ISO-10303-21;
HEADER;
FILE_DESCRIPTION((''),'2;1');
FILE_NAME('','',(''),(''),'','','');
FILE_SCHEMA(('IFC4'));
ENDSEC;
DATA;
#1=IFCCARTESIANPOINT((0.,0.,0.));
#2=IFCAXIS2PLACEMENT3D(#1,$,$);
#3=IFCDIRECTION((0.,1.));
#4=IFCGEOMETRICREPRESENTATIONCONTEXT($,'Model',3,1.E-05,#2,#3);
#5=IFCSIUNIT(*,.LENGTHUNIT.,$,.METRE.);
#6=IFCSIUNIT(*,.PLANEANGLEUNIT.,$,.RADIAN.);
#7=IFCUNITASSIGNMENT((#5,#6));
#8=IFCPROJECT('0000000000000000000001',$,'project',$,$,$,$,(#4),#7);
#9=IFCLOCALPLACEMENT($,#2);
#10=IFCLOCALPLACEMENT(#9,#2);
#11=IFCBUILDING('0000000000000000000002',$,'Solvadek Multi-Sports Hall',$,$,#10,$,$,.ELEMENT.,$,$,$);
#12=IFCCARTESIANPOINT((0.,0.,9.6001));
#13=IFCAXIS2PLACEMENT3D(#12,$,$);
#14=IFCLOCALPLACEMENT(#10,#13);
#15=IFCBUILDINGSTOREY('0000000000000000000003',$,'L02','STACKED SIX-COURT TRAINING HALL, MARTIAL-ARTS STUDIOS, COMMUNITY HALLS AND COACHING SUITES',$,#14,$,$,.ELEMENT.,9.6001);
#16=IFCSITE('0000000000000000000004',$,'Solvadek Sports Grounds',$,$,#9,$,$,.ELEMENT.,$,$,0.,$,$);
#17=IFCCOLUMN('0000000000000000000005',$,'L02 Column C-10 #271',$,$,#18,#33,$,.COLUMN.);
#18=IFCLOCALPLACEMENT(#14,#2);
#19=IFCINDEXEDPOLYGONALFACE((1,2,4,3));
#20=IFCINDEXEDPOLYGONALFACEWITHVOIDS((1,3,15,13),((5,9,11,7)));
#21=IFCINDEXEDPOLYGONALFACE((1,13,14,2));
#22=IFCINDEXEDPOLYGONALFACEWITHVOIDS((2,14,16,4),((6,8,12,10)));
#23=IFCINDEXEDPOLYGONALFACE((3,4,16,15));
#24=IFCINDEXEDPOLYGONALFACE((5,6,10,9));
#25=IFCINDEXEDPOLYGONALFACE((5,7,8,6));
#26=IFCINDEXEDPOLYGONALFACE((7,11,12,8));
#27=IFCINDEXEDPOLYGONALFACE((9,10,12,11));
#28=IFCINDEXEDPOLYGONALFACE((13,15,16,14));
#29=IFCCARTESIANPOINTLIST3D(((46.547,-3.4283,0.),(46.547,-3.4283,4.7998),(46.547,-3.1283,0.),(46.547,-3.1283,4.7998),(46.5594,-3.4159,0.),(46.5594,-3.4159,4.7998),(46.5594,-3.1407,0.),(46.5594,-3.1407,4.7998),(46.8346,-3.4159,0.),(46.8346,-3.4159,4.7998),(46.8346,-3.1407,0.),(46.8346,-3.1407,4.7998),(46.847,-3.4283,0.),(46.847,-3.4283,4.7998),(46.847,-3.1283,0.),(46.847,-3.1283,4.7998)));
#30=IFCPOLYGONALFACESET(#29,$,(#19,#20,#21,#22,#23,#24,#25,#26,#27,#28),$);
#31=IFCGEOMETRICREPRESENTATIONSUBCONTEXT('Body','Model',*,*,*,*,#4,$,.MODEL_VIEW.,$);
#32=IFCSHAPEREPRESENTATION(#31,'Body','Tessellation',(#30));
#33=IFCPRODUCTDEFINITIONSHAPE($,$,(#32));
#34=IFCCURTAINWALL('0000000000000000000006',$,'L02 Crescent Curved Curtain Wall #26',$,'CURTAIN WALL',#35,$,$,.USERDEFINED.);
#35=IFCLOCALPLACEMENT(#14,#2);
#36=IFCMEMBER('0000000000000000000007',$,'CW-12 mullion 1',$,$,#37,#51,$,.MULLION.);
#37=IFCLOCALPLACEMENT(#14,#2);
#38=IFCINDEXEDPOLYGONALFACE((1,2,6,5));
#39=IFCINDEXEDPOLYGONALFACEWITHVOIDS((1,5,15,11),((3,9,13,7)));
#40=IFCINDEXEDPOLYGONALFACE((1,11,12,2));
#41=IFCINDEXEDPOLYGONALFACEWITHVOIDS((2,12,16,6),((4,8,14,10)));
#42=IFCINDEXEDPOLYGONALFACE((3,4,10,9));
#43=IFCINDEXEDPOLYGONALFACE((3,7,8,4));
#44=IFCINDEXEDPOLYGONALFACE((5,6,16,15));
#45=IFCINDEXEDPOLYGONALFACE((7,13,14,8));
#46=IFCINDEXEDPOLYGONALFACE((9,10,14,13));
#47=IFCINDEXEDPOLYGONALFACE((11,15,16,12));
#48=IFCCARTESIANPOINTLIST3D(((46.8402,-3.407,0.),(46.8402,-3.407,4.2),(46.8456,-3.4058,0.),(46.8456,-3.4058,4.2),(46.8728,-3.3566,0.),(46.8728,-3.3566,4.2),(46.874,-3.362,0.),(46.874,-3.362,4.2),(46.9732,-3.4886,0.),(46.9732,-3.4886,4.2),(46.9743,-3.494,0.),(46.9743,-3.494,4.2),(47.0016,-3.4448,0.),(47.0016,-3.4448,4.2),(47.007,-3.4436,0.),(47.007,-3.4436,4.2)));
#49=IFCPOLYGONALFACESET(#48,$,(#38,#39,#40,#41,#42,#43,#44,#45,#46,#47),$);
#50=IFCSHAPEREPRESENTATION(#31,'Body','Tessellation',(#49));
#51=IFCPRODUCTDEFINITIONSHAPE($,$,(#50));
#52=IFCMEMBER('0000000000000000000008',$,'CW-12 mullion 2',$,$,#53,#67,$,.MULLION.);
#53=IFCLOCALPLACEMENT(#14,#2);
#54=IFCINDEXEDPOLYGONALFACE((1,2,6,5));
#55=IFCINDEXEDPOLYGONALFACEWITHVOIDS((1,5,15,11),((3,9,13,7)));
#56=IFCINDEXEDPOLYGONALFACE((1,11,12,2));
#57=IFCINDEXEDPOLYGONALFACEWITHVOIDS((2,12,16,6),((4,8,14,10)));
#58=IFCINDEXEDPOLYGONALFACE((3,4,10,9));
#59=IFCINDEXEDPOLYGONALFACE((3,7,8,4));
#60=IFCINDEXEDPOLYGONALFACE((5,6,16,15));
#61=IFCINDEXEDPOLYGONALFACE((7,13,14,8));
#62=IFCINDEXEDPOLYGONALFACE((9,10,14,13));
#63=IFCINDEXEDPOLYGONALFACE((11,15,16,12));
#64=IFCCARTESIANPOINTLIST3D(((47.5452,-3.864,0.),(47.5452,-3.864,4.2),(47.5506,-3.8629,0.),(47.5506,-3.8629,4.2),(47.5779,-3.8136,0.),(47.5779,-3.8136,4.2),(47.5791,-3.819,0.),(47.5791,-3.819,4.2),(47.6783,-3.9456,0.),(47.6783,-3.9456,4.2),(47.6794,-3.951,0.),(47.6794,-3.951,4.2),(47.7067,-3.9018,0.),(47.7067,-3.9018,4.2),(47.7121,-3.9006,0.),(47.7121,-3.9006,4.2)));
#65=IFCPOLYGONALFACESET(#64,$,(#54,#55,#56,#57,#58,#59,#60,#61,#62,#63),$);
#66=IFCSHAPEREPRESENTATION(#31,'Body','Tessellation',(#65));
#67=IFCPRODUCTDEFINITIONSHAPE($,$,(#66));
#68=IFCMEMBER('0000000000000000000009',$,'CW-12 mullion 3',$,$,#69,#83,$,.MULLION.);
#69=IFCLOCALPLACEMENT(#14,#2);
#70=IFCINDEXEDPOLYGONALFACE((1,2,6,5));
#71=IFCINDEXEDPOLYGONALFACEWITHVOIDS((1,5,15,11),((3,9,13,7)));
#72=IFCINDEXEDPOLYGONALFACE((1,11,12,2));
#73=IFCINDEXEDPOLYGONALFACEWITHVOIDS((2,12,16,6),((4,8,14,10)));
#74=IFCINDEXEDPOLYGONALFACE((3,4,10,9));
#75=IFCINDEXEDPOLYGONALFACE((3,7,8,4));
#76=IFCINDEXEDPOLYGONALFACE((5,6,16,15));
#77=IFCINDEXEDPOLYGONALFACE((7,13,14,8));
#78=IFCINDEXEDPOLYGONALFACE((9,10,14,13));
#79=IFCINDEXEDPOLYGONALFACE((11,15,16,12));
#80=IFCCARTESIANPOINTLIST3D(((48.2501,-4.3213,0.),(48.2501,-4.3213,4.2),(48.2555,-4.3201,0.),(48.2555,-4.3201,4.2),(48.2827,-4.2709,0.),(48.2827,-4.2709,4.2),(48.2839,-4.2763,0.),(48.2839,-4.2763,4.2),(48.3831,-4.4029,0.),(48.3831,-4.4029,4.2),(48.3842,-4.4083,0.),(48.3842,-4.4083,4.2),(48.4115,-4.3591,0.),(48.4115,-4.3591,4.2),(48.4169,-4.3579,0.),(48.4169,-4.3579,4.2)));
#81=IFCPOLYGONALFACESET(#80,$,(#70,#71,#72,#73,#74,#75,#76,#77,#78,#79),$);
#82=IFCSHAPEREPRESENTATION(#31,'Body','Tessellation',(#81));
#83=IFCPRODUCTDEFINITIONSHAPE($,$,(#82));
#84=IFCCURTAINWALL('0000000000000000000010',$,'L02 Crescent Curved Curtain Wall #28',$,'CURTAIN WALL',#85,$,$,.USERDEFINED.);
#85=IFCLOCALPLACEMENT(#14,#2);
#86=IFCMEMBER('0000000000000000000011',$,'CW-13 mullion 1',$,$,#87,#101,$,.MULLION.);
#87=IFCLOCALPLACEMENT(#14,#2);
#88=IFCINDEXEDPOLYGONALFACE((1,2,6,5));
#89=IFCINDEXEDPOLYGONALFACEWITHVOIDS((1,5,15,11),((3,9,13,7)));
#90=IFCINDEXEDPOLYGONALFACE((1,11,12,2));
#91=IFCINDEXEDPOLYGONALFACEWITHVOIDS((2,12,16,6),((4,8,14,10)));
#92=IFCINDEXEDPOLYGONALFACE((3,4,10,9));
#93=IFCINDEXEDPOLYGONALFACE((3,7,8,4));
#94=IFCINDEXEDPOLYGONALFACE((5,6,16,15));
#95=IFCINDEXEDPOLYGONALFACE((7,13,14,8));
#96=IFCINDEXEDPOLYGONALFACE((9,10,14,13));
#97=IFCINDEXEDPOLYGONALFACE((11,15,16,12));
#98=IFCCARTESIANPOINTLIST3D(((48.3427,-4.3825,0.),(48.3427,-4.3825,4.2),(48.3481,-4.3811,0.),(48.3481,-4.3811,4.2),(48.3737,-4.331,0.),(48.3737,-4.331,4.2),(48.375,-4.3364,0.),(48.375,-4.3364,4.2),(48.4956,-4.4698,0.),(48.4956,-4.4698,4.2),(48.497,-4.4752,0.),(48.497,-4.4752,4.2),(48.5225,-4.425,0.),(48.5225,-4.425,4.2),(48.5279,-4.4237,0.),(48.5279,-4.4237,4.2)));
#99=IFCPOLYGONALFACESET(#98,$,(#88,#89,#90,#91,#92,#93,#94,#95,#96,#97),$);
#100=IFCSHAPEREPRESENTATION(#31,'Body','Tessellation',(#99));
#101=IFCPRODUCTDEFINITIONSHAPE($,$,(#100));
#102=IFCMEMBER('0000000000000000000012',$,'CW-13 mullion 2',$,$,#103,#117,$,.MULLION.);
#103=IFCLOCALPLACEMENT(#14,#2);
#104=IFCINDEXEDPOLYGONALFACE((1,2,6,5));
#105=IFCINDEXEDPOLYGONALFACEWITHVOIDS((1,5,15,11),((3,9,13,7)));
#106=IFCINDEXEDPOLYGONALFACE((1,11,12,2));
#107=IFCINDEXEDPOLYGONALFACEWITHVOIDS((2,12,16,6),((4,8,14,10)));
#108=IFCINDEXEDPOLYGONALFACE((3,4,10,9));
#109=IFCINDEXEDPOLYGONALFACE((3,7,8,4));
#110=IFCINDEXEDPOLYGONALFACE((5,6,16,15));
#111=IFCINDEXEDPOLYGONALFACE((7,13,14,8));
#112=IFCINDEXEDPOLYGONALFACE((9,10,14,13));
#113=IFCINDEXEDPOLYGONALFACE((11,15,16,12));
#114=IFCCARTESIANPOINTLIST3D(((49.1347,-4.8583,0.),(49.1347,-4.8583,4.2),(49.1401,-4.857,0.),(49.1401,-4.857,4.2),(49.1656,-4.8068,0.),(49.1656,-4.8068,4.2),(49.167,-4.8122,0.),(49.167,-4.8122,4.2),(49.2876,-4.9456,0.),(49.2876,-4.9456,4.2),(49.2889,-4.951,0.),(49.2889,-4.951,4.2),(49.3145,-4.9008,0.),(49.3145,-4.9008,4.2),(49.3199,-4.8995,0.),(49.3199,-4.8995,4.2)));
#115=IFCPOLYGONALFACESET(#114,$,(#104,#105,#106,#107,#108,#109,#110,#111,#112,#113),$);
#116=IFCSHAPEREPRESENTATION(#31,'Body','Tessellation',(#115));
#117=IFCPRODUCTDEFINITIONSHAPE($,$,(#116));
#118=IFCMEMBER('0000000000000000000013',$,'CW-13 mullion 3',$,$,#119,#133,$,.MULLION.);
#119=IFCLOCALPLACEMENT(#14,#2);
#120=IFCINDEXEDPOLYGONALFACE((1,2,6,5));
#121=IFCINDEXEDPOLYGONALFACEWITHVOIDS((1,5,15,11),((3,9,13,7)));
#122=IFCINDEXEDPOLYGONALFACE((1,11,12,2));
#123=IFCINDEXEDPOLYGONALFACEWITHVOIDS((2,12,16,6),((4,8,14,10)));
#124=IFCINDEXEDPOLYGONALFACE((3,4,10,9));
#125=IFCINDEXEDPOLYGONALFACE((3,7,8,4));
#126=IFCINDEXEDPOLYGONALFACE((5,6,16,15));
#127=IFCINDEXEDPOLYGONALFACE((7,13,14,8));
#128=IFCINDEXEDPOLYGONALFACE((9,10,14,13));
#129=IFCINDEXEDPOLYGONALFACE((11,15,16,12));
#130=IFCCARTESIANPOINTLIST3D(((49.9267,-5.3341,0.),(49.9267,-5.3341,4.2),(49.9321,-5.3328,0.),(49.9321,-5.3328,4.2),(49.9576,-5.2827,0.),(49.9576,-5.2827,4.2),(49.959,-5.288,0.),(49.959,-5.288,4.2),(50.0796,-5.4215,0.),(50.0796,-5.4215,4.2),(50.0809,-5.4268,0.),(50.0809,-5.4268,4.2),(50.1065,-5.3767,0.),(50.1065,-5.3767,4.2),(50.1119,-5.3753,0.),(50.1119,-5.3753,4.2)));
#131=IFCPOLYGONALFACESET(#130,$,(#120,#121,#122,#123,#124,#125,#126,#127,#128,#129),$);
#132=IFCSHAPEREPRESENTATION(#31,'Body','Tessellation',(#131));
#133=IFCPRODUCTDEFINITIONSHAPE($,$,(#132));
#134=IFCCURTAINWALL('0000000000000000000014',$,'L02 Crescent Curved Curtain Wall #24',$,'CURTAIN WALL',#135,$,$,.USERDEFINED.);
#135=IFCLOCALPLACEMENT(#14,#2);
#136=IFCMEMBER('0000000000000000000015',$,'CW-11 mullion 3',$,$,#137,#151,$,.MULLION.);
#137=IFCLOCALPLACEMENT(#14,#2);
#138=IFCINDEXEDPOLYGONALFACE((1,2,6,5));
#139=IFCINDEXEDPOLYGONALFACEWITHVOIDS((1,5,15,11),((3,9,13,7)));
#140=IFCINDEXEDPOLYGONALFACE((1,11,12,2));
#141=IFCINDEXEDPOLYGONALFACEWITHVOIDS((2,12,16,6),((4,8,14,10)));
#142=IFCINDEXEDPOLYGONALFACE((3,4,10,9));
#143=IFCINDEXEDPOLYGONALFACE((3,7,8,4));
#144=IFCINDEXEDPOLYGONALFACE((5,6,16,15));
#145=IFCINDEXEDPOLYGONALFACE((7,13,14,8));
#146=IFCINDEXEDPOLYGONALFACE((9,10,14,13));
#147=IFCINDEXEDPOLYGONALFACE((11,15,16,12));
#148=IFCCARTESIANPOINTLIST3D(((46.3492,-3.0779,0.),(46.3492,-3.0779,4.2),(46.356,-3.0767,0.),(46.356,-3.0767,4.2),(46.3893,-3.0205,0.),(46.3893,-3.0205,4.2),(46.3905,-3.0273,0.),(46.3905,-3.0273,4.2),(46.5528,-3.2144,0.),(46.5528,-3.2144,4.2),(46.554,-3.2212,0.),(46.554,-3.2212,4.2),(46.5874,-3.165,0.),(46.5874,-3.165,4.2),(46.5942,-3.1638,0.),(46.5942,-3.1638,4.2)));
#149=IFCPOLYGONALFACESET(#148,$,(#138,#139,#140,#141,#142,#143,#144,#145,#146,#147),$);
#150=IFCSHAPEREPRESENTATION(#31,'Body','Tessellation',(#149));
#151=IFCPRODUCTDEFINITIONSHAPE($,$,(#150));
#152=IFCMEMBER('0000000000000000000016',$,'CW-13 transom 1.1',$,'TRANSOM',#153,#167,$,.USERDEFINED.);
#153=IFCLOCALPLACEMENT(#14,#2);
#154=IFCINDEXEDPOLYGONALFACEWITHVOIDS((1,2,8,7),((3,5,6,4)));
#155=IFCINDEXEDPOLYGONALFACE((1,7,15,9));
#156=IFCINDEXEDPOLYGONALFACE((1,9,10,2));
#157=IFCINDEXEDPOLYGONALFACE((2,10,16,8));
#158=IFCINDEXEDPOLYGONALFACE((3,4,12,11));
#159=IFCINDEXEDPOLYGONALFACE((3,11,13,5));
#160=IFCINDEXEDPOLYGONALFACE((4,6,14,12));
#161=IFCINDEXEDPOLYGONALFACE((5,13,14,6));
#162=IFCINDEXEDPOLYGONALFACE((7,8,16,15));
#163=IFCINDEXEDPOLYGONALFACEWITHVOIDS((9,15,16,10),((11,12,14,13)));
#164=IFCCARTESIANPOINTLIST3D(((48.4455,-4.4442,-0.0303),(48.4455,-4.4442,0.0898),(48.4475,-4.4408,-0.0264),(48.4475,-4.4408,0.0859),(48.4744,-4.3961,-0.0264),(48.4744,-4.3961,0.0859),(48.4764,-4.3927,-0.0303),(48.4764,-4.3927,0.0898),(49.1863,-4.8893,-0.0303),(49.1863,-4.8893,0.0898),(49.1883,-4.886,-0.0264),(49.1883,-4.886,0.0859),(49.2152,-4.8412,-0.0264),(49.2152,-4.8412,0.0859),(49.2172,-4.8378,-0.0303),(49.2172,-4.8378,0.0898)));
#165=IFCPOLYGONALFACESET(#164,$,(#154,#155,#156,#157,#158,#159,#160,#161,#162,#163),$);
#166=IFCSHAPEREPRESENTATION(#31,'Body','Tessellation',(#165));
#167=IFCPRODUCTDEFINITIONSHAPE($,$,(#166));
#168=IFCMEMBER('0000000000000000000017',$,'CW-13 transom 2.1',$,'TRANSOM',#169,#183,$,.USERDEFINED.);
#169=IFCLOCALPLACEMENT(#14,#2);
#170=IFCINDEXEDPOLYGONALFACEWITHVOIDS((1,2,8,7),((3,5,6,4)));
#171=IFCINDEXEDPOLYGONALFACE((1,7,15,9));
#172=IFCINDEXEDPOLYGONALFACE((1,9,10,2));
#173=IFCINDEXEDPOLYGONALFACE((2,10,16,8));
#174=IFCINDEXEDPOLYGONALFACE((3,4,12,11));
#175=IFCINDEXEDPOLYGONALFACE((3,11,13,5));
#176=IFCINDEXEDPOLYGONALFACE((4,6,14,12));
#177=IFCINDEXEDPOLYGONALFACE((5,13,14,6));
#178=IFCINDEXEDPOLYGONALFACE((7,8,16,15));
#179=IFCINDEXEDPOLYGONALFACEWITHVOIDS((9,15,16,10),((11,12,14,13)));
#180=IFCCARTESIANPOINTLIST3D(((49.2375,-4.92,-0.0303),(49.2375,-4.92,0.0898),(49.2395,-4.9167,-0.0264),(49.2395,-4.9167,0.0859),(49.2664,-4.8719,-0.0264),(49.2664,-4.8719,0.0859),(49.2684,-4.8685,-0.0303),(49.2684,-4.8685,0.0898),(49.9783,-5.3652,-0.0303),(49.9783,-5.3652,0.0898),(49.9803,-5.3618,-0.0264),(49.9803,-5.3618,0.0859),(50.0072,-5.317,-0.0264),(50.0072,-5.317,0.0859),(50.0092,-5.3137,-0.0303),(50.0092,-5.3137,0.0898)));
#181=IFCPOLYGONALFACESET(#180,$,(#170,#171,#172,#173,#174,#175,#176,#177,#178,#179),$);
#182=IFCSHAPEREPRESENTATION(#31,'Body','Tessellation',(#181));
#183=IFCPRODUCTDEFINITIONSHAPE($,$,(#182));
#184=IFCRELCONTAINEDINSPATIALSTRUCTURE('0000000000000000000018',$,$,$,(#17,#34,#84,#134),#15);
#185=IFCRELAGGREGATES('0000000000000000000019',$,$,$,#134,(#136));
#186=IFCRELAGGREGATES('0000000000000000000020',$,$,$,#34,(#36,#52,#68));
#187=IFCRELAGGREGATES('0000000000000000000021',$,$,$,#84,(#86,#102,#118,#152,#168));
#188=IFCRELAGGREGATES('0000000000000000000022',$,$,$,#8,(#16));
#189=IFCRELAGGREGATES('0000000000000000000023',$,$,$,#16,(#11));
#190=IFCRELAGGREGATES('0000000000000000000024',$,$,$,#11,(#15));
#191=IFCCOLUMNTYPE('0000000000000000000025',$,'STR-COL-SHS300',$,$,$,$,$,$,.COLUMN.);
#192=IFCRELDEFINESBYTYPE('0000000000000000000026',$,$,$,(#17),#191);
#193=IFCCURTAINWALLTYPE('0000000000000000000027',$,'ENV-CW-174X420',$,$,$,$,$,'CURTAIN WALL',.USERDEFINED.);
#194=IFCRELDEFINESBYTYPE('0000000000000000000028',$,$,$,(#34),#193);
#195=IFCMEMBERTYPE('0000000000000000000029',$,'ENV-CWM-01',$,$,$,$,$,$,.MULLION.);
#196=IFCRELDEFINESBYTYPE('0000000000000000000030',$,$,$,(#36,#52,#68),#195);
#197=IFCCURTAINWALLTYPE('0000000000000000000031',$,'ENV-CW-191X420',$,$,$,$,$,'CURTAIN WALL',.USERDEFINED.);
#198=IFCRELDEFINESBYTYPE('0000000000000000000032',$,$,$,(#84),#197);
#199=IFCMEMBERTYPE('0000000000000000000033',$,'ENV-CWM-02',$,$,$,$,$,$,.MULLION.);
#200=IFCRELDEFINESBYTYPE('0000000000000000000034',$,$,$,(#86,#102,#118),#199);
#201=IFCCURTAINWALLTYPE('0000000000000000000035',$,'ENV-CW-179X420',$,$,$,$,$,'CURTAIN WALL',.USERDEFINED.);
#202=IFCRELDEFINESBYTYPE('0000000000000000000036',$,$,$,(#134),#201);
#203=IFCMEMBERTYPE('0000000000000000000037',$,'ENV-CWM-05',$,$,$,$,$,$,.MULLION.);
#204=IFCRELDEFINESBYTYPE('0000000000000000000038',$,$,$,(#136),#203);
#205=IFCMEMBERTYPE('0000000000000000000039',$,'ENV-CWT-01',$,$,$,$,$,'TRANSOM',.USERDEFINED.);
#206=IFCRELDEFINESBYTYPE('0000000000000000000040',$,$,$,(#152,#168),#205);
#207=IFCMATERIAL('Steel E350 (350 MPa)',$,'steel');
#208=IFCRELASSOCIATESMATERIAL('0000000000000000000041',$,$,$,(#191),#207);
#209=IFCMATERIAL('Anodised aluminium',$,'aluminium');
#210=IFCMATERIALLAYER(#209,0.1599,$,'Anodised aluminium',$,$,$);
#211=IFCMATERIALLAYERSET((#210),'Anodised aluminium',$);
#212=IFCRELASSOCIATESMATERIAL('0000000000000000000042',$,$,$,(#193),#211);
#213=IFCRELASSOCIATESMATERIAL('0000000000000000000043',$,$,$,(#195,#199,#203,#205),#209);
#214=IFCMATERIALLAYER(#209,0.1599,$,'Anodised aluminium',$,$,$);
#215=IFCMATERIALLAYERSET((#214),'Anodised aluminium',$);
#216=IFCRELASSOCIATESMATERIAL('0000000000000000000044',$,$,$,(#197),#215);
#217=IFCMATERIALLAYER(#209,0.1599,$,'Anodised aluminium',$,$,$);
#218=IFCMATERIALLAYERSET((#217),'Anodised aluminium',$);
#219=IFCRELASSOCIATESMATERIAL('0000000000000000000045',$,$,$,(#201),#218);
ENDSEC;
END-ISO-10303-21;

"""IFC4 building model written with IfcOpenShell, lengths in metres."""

from ifc_helpers import new_model, si_unit, direction, frame, origin, origin_2d, place, context, subcontext, project, spatial, hollow_rectangle, extrude, material, layer, layer_set, material_profile, profile_set, type_object, element, aggregate, save


model = new_model("IFC4")

# Units and contexts
model_context = context("Model", 3, precision=1e-05, world=origin(), true_north=direction((0.0, 1.0)))
body_context = subcontext(model_context, "Body", "Model", "MODEL_VIEW")
ifc_project = project(units=[si_unit("LENGTHUNIT", "METRE"), si_unit("PLANEANGLEUNIT", "RADIAN")], contexts=[model_context])

# Site, building, storey
site_placement = place(None, origin())
site = spatial("IfcSite", under=ifc_project, at=site_placement, Name="Solvadek Sports Grounds", CompositionType="ELEMENT", RefElevation=0.0)
building_placement = place(site_placement, origin())
building = spatial("IfcBuilding", under=site, at=building_placement, Name="Solvadek Multi-Sports Hall", CompositionType="ELEMENT")
storey_placement = place(building_placement, frame((0.0, 0.0, 9.6001)))
storey = spatial("IfcBuildingStorey", under=building, at=storey_placement, Name="L02", Description="STACKED SIX-COURT TRAINING HALL, MARTIAL-ARTS STUDIOS, COMMUNITY HALLS AND COACHING SUITES", CompositionType="ELEMENT", Elevation=9.6001)

# Column
ifc_material_1 = material(Name="Steel E350 (350 MPa)", Category="steel")
ifc_material_profile_1 = material_profile(ifc_material_1, hollow_rectangle(XDim=0.3, YDim=0.3, WallThickness=0.0125, at=origin_2d()), Name="SHS 300x300x12.5")
ifc_profile_set_1 = profile_set([ifc_material_profile_1], Name="Steel E350 (350 MPa)")
column_type = type_object("IfcColumnType", Name="STR-COL-SHS300", PredefinedType="COLUMN", material=ifc_profile_set_1)
column_placement = place(storey_placement, frame((46.697, -3.2783, 0.0), z_axis=(0.0, 0.0, 1.0), x_axis=(1.0, 0.0, 0.0)))
element("IfcColumn", 1, at=column_placement, inside=storey, type_object=column_type, Name="L02 Column C-10 #271", PredefinedType="COLUMN", context=body_context, shape_type="SweptSolid", body=[
    extrude(hollow_rectangle(XDim=0.3, YDim=0.3, WallThickness=0.0125, at=origin_2d()), origin(), (0.0, 0.0, 1.0), 4.7998),
])

# Curtain walls, members
ifc_material_2 = material(Name="Anodised aluminium", Category="aluminium")
ifc_layer_1 = layer(ifc_material_2, 0.1599, Name="Anodised aluminium")
ifc_layer_set_1 = layer_set([ifc_layer_1], Name="Anodised aluminium")
curtain_wall_type_1 = type_object("IfcCurtainWallType", Name="ENV-CW-174X420", ElementType="CURTAIN WALL", PredefinedType="USERDEFINED", material=ifc_layer_set_1)
curtain_wall_1_placement = place(storey_placement, origin())
curtain_wall_1 = element("IfcCurtainWall", 2, at=curtain_wall_1_placement, inside=storey, type_object=curtain_wall_type_1, Name="L02 Crescent Curved Curtain Wall #26", ObjectType="CURTAIN WALL", PredefinedType="USERDEFINED")
ifc_material_profile_2 = material_profile(ifc_material_2, hollow_rectangle(XDim=0.0601, YDim=0.1599, WallThickness=0.0039, at=origin_2d()), Name="ALU-M 160x60x4")
ifc_profile_set_2 = profile_set([ifc_material_profile_2], Name="Anodised aluminium")
member_type_1 = type_object("IfcMemberType", Name="ENV-CWM-01", PredefinedType="MULLION", material=ifc_profile_set_2)
member_1_placement = place(storey_placement, frame((46.9236, -3.4253, 0.0), z_axis=(0.0, 0.0, 1.0), x_axis=(0.544061, 0.839046, 0.0)))
member_1 = element("IfcMember", 3, at=member_1_placement, type_object=member_type_1, Name="CW-12 mullion 1", PredefinedType="MULLION", context=body_context, shape_type="SweptSolid", body=[
    extrude(hollow_rectangle(XDim=0.0601, YDim=0.1599, WallThickness=0.0039, at=origin_2d()), origin(), (0.0, 0.0, 1.0), 4.2),
])
member_2_placement = place(storey_placement, frame((47.6287, -3.8823, 0.0), z_axis=(0.0, 0.0, 1.0), x_axis=(0.544061, 0.839046, 0.0)))
member_2 = element("IfcMember", 4, at=member_2_placement, type_object=member_type_1, Name="CW-12 mullion 2", PredefinedType="MULLION", context=body_context, shape_type="SweptSolid", body=[
    extrude(hollow_rectangle(XDim=0.0601, YDim=0.1599, WallThickness=0.0039, at=origin_2d()), origin(), (0.0, 0.0, 1.0), 4.2),
])
member_3_placement = place(storey_placement, frame((48.3335, -4.3396, 0.0), z_axis=(0.0, 0.0, 1.0), x_axis=(0.544061, 0.839046, 0.0)))
member_3 = element("IfcMember", 5, at=member_3_placement, type_object=member_type_1, Name="CW-12 mullion 3", PredefinedType="MULLION", context=body_context, shape_type="SweptSolid", body=[
    extrude(hollow_rectangle(XDim=0.0601, YDim=0.1599, WallThickness=0.0039, at=origin_2d()), origin(), (0.0, 0.0, 1.0), 4.2),
])
ifc_layer_2 = layer(ifc_material_2, 0.1599, Name="Anodised aluminium")
ifc_layer_set_2 = layer_set([ifc_layer_2], Name="Anodised aluminium")
curtain_wall_type_2 = type_object("IfcCurtainWallType", Name="ENV-CW-191X420", ElementType="CURTAIN WALL", PredefinedType="USERDEFINED", material=ifc_layer_set_2)
curtain_wall_2_placement = place(storey_placement, origin())
curtain_wall_2 = element("IfcCurtainWall", 6, at=curtain_wall_2_placement, inside=storey, type_object=curtain_wall_type_2, Name="L02 Crescent Curved Curtain Wall #28", ObjectType="CURTAIN WALL", PredefinedType="USERDEFINED")
ifc_material_profile_3 = material_profile(ifc_material_2, hollow_rectangle(XDim=0.0601, YDim=0.1799, WallThickness=0.0039, at=origin_2d()), Name="ALU-M 180x60x4")
ifc_profile_set_3 = profile_set([ifc_material_profile_3], Name="Anodised aluminium")
member_type_2 = type_object("IfcMemberType", Name="ENV-CWM-02", PredefinedType="MULLION", material=ifc_profile_set_3)
member_4_placement = place(storey_placement, frame((48.4353, -4.4031, 0.0), z_axis=(0.0, 0.0, 1.0), x_axis=(0.515058, 0.857155, 0.0)))
member_4 = element("IfcMember", 7, at=member_4_placement, type_object=member_type_2, Name="CW-13 mullion 1", PredefinedType="MULLION", context=body_context, shape_type="SweptSolid", body=[
    extrude(hollow_rectangle(XDim=0.0601, YDim=0.1799, WallThickness=0.0039, at=origin_2d()), origin(), (0.0, 0.0, 1.0), 4.2),
])
member_5_placement = place(storey_placement, frame((49.2273, -4.8789, 0.0), z_axis=(0.0, 0.0, 1.0), x_axis=(0.515058, 0.857155, 0.0)))
member_5 = element("IfcMember", 8, at=member_5_placement, type_object=member_type_2, Name="CW-13 mullion 2", PredefinedType="MULLION", context=body_context, shape_type="SweptSolid", body=[
    extrude(hollow_rectangle(XDim=0.0601, YDim=0.1799, WallThickness=0.0039, at=origin_2d()), origin(), (0.0, 0.0, 1.0), 4.2),
])
member_6_placement = place(storey_placement, frame((50.0193, -5.3547, 0.0), z_axis=(0.0, 0.0, 1.0), x_axis=(0.515058, 0.857155, 0.0)))
member_6 = element("IfcMember", 9, at=member_6_placement, type_object=member_type_2, Name="CW-13 mullion 3", PredefinedType="MULLION", context=body_context, shape_type="SweptSolid", body=[
    extrude(hollow_rectangle(XDim=0.0601, YDim=0.1799, WallThickness=0.0039, at=origin_2d()), origin(), (0.0, 0.0, 1.0), 4.2),
])

# Curtain wall, member
ifc_layer_3 = layer(ifc_material_2, 0.1599, Name="Anodised aluminium")
ifc_layer_set_3 = layer_set([ifc_layer_3], Name="Anodised aluminium")
curtain_wall_type_3 = type_object("IfcCurtainWallType", Name="ENV-CW-179X420", ElementType="CURTAIN WALL", PredefinedType="USERDEFINED", material=ifc_layer_set_3)
curtain_wall_3_placement = place(storey_placement, origin())
curtain_wall_3 = element("IfcCurtainWall", 10, at=curtain_wall_3_placement, inside=storey, type_object=curtain_wall_type_3, Name="L02 Crescent Curved Curtain Wall #24", ObjectType="CURTAIN WALL", PredefinedType="USERDEFINED")
ifc_material_profile_4 = material_profile(ifc_material_2, hollow_rectangle(XDim=0.0701, YDim=0.25, WallThickness=0.0049, at=origin_2d()), Name="ALU-M 250x70x5")
ifc_profile_set_4 = profile_set([ifc_material_profile_4], Name="Anodised aluminium")
member_type_3 = type_object("IfcMemberType", Name="ENV-CWM-05", PredefinedType="MULLION", material=ifc_profile_set_4)
member_7_placement = place(storey_placement, frame((46.4717, -3.1208, 0.0), z_axis=(0.0, 0.0, 1.0), x_axis=(0.57308, 0.8195, 0.0)))
member_7 = element("IfcMember", 11, at=member_7_placement, type_object=member_type_3, Name="CW-11 mullion 3", PredefinedType="MULLION", context=body_context, shape_type="SweptSolid", body=[
    extrude(hollow_rectangle(XDim=0.0701, YDim=0.25, WallThickness=0.0049, at=origin_2d()), origin(), (0.0, 0.0, 1.0), 4.2),
])

# Members
ifc_material_profile_5 = material_profile(ifc_material_2, hollow_rectangle(XDim=0.0601, YDim=0.1201, WallThickness=0.0039, at=origin_2d()), Name="ALU-T 120x60x4")
ifc_profile_set_5 = profile_set([ifc_material_profile_5], Name="Anodised aluminium")
member_type_4 = type_object("IfcMemberType", Name="ENV-CWT-01", ElementType="TRANSOM", PredefinedType="USERDEFINED", material=ifc_profile_set_5)
member_8_placement = place(storey_placement, frame((48.4609, -4.4185, 0.0298), z_axis=(0.857169, -0.515036, 0.0), x_axis=(0.515036, 0.857169, 0.0)))
member_8 = element("IfcMember", 12, at=member_8_placement, type_object=member_type_4, Name="CW-13 transom 1.1", ObjectType="TRANSOM", PredefinedType="USERDEFINED", context=body_context, shape_type="SweptSolid", body=[
    extrude(hollow_rectangle(XDim=0.0601, YDim=0.1201, WallThickness=0.0039, at=origin_2d()), origin(), (0.0, 0.0, 1.0), 0.8643),
])
member_9_placement = place(storey_placement, frame((49.2529, -4.8943, 0.0298), z_axis=(0.857169, -0.515036, 0.0), x_axis=(0.515036, 0.857169, 0.0)))
member_9 = element("IfcMember", 13, at=member_9_placement, type_object=member_type_4, Name="CW-13 transom 2.1", ObjectType="TRANSOM", PredefinedType="USERDEFINED", context=body_context, shape_type="SweptSolid", body=[
    extrude(hollow_rectangle(XDim=0.0601, YDim=0.1201, WallThickness=0.0039, at=origin_2d()), origin(), (0.0, 0.0, 1.0), 0.8643),
])

aggregate(curtain_wall_3, [member_7])
aggregate(curtain_wall_1, [member_1, member_2, member_3])
aggregate(curtain_wall_2, [member_4, member_5, member_6, member_8, member_9])

save(model, "model.ifc")
